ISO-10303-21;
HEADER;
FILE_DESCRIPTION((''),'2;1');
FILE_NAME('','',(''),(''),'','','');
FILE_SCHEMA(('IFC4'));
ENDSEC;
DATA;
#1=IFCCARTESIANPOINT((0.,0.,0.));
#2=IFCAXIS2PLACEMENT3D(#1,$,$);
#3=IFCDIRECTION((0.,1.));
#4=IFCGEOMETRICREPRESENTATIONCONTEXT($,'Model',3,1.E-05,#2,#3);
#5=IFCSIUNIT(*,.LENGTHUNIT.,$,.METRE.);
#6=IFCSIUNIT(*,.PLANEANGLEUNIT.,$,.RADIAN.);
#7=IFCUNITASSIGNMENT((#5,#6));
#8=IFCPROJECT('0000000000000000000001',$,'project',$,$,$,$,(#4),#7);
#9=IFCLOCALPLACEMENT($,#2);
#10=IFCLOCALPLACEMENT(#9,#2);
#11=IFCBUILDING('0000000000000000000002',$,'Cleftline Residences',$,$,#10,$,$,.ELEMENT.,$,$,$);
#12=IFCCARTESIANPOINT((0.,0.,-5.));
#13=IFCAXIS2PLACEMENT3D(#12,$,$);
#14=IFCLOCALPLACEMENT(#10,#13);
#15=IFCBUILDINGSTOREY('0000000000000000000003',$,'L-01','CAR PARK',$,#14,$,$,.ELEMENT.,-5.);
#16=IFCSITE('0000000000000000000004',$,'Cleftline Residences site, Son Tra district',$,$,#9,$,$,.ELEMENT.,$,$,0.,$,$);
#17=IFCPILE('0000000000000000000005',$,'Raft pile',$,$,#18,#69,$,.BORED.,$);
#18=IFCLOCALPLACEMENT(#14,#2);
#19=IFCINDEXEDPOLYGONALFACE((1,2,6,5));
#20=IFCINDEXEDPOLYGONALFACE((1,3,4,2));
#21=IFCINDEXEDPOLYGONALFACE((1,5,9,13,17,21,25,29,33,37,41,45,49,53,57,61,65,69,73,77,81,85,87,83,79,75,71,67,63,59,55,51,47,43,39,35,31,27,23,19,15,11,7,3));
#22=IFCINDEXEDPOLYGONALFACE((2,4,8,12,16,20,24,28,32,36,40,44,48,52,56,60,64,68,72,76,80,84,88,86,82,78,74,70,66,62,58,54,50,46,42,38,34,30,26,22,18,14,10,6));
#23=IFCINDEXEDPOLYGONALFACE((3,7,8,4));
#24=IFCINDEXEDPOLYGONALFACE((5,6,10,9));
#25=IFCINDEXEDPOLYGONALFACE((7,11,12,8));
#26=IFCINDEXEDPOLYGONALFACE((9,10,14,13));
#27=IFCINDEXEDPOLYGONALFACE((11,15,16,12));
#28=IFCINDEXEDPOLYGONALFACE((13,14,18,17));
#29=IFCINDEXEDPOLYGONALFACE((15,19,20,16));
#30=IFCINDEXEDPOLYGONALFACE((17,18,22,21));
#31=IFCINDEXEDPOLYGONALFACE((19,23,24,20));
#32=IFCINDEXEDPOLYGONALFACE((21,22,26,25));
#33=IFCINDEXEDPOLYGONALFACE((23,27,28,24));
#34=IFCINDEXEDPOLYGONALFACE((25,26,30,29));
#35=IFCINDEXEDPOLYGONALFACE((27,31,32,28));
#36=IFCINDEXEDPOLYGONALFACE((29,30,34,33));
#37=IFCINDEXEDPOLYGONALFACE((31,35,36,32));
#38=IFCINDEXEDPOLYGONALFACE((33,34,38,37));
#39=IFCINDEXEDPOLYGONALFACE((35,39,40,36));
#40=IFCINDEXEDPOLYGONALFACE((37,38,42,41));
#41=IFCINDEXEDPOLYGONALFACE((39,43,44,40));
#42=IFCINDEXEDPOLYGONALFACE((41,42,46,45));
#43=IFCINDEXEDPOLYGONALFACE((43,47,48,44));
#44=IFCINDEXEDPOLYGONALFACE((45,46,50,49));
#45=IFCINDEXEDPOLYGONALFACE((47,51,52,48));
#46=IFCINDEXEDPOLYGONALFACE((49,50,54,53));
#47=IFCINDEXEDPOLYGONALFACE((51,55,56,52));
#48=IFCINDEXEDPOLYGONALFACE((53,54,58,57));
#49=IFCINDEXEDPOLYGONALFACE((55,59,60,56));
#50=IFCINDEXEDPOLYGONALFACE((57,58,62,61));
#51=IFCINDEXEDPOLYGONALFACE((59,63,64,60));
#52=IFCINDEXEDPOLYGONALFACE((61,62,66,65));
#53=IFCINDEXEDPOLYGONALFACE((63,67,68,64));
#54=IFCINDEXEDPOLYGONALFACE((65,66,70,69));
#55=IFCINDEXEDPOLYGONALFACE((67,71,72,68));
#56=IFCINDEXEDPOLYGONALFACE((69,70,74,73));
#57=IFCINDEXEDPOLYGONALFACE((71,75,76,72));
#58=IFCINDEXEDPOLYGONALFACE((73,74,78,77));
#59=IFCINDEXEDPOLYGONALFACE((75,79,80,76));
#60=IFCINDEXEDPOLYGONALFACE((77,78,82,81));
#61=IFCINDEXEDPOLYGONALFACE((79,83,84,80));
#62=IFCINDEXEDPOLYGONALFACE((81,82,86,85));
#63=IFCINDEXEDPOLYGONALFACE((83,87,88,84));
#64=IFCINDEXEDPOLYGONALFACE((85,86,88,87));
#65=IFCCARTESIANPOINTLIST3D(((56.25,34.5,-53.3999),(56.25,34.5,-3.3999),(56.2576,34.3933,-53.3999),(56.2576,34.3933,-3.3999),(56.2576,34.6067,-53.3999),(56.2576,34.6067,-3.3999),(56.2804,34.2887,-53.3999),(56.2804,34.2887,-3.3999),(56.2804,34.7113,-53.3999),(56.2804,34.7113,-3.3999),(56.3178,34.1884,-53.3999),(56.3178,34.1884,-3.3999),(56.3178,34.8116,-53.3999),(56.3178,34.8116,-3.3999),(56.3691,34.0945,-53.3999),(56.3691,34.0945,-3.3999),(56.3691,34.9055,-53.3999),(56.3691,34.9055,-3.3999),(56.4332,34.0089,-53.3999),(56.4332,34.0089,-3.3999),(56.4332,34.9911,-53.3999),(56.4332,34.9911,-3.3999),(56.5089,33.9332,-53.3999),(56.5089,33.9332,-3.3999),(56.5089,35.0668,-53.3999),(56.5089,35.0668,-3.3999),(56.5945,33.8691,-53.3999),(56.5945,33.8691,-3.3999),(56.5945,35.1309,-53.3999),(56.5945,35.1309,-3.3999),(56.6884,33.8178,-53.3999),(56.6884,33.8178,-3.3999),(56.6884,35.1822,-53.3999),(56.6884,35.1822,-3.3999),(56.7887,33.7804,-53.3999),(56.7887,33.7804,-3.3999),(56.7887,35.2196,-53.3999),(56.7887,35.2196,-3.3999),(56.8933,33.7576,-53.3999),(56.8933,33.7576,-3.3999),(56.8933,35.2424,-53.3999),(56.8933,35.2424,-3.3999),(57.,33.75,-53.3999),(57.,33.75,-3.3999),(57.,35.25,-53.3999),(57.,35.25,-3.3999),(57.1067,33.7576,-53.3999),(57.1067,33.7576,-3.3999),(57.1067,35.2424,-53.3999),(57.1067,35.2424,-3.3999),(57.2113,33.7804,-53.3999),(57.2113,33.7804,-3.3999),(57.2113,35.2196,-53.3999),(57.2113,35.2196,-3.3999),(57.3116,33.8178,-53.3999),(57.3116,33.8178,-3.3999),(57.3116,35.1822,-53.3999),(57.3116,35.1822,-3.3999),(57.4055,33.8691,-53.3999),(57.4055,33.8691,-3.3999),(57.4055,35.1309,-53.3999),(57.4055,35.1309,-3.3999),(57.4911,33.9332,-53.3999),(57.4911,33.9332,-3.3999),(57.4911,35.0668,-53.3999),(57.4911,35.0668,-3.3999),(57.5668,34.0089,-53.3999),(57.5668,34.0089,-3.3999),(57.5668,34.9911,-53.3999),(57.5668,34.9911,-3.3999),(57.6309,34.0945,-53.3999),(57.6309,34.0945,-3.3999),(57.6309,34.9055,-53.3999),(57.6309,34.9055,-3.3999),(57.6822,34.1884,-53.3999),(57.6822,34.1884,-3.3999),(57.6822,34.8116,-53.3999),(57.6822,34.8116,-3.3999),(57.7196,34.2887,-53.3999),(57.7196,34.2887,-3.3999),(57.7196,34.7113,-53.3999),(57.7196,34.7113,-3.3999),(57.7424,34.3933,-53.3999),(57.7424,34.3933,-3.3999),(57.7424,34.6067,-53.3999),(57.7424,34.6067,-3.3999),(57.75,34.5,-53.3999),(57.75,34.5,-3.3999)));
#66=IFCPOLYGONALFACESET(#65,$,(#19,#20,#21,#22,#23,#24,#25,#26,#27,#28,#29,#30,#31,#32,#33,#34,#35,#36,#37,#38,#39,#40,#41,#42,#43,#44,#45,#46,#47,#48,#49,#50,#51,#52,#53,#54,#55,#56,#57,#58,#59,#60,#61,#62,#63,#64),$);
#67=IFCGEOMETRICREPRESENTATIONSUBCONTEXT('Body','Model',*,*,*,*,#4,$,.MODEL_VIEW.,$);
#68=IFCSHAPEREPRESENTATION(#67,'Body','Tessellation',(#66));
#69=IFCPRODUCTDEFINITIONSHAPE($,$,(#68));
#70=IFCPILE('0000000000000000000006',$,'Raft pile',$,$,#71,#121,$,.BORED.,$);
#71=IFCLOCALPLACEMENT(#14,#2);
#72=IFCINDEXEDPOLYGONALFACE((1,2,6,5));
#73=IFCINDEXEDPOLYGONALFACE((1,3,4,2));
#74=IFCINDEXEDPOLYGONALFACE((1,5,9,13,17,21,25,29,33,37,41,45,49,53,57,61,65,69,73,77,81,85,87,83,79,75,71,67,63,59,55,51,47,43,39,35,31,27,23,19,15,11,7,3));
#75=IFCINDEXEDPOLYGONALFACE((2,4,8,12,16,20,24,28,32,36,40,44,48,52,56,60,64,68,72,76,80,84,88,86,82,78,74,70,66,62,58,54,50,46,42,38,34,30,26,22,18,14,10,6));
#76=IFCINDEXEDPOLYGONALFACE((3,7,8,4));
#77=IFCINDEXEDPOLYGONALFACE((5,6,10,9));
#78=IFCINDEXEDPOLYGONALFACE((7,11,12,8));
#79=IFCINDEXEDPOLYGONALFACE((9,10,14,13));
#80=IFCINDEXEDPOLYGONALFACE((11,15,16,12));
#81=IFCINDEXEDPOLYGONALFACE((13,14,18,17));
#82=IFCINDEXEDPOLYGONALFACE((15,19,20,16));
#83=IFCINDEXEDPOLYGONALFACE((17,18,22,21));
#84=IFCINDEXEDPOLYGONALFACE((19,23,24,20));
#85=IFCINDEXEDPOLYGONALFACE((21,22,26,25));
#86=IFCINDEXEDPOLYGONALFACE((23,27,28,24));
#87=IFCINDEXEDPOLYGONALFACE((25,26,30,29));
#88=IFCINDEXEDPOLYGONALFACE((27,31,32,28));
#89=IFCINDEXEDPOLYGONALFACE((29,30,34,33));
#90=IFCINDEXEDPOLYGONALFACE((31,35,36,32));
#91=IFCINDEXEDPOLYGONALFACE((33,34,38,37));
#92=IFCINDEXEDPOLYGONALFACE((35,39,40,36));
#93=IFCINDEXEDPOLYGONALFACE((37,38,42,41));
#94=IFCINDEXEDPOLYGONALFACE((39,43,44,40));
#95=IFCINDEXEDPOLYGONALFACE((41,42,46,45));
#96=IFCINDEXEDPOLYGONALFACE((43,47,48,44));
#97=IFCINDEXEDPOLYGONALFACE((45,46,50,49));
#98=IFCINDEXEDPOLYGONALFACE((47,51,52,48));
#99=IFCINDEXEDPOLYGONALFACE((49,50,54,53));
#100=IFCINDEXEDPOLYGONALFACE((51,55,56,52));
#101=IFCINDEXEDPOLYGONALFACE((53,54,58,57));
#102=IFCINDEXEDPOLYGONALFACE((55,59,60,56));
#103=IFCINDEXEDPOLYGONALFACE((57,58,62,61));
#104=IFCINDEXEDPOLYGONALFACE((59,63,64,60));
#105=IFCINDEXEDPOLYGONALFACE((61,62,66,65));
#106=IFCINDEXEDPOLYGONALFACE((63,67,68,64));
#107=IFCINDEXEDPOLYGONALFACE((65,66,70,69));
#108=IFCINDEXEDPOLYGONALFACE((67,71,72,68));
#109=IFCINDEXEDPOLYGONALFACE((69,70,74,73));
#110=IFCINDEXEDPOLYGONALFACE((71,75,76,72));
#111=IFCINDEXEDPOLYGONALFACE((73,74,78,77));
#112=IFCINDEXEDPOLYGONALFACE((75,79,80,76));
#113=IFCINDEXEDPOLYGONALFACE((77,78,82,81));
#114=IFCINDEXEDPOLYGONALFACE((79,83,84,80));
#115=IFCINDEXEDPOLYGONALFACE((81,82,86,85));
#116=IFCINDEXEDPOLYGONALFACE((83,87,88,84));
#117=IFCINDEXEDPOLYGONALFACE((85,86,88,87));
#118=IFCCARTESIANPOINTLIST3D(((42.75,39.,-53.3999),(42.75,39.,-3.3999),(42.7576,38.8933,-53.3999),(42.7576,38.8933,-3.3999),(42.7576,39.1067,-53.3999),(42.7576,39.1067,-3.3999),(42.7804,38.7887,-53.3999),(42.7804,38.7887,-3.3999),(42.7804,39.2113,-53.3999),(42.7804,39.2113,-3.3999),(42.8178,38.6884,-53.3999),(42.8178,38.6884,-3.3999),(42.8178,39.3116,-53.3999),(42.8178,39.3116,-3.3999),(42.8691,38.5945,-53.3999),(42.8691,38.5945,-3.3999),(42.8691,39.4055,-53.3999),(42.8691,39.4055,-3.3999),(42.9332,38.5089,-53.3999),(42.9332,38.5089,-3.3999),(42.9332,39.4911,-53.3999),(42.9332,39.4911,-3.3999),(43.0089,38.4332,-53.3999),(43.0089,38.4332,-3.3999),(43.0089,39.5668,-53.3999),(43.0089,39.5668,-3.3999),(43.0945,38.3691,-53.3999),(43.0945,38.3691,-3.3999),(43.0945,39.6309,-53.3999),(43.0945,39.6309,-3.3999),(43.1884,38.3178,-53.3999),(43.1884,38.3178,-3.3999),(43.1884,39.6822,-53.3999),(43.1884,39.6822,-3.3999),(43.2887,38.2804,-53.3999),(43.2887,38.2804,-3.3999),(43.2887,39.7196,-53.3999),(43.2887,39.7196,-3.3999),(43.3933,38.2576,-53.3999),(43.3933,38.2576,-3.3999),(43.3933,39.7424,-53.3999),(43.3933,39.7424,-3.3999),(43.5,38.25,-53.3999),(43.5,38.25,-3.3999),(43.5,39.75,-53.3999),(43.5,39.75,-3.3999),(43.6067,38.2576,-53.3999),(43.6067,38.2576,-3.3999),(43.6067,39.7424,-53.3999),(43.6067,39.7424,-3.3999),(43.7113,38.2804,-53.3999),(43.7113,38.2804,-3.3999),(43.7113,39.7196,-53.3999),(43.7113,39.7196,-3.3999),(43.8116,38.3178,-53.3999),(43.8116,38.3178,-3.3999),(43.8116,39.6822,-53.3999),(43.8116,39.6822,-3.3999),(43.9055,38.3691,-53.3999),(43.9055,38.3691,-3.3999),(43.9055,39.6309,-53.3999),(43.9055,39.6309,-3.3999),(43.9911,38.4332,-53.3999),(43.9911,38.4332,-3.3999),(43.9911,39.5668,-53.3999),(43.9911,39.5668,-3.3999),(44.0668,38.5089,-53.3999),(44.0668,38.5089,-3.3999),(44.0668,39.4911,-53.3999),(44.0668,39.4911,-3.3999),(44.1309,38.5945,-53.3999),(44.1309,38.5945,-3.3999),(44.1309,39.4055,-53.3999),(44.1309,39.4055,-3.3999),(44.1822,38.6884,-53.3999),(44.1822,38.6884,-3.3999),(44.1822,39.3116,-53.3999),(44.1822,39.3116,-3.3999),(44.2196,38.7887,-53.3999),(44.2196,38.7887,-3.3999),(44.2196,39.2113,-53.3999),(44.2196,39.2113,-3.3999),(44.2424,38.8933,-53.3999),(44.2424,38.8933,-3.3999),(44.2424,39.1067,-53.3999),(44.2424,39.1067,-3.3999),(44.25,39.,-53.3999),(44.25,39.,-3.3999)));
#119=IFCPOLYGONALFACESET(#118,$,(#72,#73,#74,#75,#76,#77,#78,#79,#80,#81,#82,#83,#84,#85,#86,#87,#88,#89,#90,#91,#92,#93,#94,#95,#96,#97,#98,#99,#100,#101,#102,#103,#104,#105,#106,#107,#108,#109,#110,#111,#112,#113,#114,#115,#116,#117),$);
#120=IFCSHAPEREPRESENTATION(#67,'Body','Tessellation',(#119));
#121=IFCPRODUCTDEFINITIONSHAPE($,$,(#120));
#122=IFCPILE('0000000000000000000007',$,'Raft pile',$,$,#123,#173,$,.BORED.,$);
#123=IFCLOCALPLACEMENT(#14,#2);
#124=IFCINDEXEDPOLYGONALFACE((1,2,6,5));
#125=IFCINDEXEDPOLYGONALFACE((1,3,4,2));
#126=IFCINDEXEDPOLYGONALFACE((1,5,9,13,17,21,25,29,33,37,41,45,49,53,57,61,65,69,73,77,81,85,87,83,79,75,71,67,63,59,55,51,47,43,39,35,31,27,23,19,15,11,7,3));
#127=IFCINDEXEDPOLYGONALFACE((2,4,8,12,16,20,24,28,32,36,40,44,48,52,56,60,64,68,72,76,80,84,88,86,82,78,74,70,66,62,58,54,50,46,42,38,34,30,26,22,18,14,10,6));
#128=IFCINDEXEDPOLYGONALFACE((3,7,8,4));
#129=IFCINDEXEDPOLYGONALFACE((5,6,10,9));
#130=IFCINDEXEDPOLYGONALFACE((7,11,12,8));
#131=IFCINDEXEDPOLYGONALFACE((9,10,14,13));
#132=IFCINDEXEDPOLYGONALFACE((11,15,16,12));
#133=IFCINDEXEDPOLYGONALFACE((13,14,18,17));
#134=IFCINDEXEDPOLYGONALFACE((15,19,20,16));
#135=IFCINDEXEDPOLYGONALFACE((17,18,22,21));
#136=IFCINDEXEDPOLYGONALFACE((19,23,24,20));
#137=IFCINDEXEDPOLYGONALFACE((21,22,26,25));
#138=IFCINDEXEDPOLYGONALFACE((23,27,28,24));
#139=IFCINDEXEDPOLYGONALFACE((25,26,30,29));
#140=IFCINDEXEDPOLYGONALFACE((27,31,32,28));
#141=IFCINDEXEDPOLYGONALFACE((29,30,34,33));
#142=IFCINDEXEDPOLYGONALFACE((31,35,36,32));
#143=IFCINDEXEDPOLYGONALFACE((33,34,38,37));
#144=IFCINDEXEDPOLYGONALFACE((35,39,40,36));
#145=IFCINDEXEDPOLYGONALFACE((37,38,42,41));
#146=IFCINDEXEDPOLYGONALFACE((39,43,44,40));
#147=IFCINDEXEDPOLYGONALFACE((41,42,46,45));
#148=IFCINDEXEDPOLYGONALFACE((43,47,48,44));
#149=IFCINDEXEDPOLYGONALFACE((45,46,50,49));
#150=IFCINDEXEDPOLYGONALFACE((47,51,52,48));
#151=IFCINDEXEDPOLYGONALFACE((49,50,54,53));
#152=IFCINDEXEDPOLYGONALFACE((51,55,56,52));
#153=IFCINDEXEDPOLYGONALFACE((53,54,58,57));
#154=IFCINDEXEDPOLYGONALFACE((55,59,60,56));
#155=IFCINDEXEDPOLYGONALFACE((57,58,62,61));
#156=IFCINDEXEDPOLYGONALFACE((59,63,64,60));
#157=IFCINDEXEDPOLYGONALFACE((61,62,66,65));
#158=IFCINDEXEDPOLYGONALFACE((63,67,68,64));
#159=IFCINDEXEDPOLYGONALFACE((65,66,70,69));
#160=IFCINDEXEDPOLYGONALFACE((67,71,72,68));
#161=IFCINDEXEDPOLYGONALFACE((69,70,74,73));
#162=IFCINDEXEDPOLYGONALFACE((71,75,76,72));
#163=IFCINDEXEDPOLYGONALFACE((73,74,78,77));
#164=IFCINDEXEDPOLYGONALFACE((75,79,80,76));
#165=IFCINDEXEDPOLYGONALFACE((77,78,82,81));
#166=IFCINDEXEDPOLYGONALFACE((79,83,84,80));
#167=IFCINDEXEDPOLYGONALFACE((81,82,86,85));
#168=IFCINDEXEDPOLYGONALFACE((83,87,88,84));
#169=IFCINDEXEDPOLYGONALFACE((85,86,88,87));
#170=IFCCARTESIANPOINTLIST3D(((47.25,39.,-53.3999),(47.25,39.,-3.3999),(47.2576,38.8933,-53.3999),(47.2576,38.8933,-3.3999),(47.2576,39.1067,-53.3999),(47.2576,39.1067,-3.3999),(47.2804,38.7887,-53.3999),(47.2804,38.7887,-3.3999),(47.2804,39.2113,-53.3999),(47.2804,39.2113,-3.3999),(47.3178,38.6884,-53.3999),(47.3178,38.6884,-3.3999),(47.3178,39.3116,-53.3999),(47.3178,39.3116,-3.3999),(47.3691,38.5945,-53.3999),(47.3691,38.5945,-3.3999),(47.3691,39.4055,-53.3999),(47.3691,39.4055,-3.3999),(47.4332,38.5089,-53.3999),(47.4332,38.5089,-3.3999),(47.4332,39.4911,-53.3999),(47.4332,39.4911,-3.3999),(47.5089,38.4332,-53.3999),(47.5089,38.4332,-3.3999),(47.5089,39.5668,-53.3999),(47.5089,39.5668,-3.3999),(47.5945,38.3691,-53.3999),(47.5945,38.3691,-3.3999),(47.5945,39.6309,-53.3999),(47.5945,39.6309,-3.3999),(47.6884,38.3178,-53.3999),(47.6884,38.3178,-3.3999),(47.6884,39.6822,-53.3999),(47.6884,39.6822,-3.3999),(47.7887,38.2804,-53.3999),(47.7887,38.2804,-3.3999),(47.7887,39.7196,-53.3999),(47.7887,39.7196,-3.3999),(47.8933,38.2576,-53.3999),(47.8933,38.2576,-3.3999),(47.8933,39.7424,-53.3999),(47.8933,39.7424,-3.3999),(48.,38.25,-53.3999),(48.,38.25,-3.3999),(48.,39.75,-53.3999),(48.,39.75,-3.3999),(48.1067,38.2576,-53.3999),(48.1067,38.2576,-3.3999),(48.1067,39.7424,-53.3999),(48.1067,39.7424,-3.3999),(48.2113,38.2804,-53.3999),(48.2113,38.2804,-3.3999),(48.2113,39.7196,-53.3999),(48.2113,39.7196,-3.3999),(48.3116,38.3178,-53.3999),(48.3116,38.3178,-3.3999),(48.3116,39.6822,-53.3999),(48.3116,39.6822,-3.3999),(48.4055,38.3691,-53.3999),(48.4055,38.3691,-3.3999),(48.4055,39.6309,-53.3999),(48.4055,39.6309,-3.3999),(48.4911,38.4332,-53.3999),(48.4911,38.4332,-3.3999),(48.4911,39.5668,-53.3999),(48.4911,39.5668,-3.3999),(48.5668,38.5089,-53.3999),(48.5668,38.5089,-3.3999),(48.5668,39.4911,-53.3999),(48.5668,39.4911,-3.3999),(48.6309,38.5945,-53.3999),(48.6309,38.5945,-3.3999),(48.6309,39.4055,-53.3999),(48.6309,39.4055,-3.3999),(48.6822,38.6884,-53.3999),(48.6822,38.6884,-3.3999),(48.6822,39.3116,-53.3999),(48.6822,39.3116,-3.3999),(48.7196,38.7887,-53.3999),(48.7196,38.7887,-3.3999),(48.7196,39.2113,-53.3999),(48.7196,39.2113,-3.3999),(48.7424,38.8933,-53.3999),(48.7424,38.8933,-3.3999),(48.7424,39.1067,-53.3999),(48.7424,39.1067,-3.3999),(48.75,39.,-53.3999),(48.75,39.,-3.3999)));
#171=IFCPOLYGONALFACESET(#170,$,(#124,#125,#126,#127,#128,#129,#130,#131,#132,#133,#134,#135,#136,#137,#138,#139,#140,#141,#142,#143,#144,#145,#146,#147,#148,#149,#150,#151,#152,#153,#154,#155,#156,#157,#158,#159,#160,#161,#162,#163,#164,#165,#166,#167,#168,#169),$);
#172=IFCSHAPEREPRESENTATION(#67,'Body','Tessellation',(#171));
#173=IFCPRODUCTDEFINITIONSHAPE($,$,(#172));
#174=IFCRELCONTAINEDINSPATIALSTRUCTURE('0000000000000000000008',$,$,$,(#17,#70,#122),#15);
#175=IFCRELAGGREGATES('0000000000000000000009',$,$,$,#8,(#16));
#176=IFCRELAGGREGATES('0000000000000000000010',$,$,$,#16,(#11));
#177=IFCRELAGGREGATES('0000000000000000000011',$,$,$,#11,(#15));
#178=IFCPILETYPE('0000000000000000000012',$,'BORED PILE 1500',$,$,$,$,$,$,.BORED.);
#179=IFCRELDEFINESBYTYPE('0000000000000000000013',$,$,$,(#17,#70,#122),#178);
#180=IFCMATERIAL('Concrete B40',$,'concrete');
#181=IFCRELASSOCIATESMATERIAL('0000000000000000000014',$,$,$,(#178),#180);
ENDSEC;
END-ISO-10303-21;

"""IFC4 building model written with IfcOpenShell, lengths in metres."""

from ifc_helpers import new_model, si_unit, direction, frame, origin, origin_2d, place, context, subcontext, project, spatial, circle, extrude, material, material_profile, profile_set, type_object, element, save


model = new_model("IFC4")

# Units and contexts
model_context = context("Model", 3, precision=1e-05, world=origin(), true_north=direction((0.0, 1.0)))
body_context = subcontext(model_context, "Body", "Model", "MODEL_VIEW")
ifc_project = project(units=[si_unit("LENGTHUNIT", "METRE"), si_unit("PLANEANGLEUNIT", "RADIAN")], contexts=[model_context])

# Site, building, storey
site_placement = place(None, origin())
site = spatial("IfcSite", under=ifc_project, at=site_placement, Name="Cleftline Residences site, Son Tra district", CompositionType="ELEMENT", RefElevation=0.0)
building_placement = place(site_placement, origin())
building = spatial("IfcBuilding", under=site, at=building_placement, Name="Cleftline Residences", CompositionType="ELEMENT")
storey_placement = place(building_placement, frame((0.0, 0.0, -5.0)))
storey = spatial("IfcBuildingStorey", under=building, at=storey_placement, Name="L-01", Description="CAR PARK", CompositionType="ELEMENT", Elevation=-5.0)

# Piles
ifc_material_1 = material(Name="Concrete B40", Category="concrete")
ifc_material_profile_1 = material_profile(ifc_material_1, circle(Radius=0.75, at=origin_2d()))
ifc_profile_set_1 = profile_set([ifc_material_profile_1], Name="Concrete B40")
pile_type = type_object("IfcPileType", Name="BORED PILE 1500", PredefinedType="BORED", material=ifc_profile_set_1)
for number, where, z_axis, x_axis, name in (
    (1, (57.0, 34.5, -3.3999), (0.0, 0.0, -1.0), (1.0, 0.0, 0.0), "Raft pile"),
    (2, (43.5, 39.0, -3.3999), (0.0, 0.0, -1.0), (1.0, 0.0, 0.0), "Raft pile"),
    (3, (48.0, 39.0, -3.3999), (0.0, 0.0, -1.0), (1.0, 0.0, 0.0), "Raft pile"),
):
    element("IfcPile", number, at=place(storey_placement, frame(where, z_axis=z_axis, x_axis=x_axis)), inside=storey, type_object=pile_type, Name=name, PredefinedType="BORED", context=body_context, shape_type="SweptSolid", body=[
        extrude(circle(Radius=0.75, at=origin_2d()), origin(), (0.0, 0.0, 1.0), 50.0),
    ])

save(model, "model.ifc")
